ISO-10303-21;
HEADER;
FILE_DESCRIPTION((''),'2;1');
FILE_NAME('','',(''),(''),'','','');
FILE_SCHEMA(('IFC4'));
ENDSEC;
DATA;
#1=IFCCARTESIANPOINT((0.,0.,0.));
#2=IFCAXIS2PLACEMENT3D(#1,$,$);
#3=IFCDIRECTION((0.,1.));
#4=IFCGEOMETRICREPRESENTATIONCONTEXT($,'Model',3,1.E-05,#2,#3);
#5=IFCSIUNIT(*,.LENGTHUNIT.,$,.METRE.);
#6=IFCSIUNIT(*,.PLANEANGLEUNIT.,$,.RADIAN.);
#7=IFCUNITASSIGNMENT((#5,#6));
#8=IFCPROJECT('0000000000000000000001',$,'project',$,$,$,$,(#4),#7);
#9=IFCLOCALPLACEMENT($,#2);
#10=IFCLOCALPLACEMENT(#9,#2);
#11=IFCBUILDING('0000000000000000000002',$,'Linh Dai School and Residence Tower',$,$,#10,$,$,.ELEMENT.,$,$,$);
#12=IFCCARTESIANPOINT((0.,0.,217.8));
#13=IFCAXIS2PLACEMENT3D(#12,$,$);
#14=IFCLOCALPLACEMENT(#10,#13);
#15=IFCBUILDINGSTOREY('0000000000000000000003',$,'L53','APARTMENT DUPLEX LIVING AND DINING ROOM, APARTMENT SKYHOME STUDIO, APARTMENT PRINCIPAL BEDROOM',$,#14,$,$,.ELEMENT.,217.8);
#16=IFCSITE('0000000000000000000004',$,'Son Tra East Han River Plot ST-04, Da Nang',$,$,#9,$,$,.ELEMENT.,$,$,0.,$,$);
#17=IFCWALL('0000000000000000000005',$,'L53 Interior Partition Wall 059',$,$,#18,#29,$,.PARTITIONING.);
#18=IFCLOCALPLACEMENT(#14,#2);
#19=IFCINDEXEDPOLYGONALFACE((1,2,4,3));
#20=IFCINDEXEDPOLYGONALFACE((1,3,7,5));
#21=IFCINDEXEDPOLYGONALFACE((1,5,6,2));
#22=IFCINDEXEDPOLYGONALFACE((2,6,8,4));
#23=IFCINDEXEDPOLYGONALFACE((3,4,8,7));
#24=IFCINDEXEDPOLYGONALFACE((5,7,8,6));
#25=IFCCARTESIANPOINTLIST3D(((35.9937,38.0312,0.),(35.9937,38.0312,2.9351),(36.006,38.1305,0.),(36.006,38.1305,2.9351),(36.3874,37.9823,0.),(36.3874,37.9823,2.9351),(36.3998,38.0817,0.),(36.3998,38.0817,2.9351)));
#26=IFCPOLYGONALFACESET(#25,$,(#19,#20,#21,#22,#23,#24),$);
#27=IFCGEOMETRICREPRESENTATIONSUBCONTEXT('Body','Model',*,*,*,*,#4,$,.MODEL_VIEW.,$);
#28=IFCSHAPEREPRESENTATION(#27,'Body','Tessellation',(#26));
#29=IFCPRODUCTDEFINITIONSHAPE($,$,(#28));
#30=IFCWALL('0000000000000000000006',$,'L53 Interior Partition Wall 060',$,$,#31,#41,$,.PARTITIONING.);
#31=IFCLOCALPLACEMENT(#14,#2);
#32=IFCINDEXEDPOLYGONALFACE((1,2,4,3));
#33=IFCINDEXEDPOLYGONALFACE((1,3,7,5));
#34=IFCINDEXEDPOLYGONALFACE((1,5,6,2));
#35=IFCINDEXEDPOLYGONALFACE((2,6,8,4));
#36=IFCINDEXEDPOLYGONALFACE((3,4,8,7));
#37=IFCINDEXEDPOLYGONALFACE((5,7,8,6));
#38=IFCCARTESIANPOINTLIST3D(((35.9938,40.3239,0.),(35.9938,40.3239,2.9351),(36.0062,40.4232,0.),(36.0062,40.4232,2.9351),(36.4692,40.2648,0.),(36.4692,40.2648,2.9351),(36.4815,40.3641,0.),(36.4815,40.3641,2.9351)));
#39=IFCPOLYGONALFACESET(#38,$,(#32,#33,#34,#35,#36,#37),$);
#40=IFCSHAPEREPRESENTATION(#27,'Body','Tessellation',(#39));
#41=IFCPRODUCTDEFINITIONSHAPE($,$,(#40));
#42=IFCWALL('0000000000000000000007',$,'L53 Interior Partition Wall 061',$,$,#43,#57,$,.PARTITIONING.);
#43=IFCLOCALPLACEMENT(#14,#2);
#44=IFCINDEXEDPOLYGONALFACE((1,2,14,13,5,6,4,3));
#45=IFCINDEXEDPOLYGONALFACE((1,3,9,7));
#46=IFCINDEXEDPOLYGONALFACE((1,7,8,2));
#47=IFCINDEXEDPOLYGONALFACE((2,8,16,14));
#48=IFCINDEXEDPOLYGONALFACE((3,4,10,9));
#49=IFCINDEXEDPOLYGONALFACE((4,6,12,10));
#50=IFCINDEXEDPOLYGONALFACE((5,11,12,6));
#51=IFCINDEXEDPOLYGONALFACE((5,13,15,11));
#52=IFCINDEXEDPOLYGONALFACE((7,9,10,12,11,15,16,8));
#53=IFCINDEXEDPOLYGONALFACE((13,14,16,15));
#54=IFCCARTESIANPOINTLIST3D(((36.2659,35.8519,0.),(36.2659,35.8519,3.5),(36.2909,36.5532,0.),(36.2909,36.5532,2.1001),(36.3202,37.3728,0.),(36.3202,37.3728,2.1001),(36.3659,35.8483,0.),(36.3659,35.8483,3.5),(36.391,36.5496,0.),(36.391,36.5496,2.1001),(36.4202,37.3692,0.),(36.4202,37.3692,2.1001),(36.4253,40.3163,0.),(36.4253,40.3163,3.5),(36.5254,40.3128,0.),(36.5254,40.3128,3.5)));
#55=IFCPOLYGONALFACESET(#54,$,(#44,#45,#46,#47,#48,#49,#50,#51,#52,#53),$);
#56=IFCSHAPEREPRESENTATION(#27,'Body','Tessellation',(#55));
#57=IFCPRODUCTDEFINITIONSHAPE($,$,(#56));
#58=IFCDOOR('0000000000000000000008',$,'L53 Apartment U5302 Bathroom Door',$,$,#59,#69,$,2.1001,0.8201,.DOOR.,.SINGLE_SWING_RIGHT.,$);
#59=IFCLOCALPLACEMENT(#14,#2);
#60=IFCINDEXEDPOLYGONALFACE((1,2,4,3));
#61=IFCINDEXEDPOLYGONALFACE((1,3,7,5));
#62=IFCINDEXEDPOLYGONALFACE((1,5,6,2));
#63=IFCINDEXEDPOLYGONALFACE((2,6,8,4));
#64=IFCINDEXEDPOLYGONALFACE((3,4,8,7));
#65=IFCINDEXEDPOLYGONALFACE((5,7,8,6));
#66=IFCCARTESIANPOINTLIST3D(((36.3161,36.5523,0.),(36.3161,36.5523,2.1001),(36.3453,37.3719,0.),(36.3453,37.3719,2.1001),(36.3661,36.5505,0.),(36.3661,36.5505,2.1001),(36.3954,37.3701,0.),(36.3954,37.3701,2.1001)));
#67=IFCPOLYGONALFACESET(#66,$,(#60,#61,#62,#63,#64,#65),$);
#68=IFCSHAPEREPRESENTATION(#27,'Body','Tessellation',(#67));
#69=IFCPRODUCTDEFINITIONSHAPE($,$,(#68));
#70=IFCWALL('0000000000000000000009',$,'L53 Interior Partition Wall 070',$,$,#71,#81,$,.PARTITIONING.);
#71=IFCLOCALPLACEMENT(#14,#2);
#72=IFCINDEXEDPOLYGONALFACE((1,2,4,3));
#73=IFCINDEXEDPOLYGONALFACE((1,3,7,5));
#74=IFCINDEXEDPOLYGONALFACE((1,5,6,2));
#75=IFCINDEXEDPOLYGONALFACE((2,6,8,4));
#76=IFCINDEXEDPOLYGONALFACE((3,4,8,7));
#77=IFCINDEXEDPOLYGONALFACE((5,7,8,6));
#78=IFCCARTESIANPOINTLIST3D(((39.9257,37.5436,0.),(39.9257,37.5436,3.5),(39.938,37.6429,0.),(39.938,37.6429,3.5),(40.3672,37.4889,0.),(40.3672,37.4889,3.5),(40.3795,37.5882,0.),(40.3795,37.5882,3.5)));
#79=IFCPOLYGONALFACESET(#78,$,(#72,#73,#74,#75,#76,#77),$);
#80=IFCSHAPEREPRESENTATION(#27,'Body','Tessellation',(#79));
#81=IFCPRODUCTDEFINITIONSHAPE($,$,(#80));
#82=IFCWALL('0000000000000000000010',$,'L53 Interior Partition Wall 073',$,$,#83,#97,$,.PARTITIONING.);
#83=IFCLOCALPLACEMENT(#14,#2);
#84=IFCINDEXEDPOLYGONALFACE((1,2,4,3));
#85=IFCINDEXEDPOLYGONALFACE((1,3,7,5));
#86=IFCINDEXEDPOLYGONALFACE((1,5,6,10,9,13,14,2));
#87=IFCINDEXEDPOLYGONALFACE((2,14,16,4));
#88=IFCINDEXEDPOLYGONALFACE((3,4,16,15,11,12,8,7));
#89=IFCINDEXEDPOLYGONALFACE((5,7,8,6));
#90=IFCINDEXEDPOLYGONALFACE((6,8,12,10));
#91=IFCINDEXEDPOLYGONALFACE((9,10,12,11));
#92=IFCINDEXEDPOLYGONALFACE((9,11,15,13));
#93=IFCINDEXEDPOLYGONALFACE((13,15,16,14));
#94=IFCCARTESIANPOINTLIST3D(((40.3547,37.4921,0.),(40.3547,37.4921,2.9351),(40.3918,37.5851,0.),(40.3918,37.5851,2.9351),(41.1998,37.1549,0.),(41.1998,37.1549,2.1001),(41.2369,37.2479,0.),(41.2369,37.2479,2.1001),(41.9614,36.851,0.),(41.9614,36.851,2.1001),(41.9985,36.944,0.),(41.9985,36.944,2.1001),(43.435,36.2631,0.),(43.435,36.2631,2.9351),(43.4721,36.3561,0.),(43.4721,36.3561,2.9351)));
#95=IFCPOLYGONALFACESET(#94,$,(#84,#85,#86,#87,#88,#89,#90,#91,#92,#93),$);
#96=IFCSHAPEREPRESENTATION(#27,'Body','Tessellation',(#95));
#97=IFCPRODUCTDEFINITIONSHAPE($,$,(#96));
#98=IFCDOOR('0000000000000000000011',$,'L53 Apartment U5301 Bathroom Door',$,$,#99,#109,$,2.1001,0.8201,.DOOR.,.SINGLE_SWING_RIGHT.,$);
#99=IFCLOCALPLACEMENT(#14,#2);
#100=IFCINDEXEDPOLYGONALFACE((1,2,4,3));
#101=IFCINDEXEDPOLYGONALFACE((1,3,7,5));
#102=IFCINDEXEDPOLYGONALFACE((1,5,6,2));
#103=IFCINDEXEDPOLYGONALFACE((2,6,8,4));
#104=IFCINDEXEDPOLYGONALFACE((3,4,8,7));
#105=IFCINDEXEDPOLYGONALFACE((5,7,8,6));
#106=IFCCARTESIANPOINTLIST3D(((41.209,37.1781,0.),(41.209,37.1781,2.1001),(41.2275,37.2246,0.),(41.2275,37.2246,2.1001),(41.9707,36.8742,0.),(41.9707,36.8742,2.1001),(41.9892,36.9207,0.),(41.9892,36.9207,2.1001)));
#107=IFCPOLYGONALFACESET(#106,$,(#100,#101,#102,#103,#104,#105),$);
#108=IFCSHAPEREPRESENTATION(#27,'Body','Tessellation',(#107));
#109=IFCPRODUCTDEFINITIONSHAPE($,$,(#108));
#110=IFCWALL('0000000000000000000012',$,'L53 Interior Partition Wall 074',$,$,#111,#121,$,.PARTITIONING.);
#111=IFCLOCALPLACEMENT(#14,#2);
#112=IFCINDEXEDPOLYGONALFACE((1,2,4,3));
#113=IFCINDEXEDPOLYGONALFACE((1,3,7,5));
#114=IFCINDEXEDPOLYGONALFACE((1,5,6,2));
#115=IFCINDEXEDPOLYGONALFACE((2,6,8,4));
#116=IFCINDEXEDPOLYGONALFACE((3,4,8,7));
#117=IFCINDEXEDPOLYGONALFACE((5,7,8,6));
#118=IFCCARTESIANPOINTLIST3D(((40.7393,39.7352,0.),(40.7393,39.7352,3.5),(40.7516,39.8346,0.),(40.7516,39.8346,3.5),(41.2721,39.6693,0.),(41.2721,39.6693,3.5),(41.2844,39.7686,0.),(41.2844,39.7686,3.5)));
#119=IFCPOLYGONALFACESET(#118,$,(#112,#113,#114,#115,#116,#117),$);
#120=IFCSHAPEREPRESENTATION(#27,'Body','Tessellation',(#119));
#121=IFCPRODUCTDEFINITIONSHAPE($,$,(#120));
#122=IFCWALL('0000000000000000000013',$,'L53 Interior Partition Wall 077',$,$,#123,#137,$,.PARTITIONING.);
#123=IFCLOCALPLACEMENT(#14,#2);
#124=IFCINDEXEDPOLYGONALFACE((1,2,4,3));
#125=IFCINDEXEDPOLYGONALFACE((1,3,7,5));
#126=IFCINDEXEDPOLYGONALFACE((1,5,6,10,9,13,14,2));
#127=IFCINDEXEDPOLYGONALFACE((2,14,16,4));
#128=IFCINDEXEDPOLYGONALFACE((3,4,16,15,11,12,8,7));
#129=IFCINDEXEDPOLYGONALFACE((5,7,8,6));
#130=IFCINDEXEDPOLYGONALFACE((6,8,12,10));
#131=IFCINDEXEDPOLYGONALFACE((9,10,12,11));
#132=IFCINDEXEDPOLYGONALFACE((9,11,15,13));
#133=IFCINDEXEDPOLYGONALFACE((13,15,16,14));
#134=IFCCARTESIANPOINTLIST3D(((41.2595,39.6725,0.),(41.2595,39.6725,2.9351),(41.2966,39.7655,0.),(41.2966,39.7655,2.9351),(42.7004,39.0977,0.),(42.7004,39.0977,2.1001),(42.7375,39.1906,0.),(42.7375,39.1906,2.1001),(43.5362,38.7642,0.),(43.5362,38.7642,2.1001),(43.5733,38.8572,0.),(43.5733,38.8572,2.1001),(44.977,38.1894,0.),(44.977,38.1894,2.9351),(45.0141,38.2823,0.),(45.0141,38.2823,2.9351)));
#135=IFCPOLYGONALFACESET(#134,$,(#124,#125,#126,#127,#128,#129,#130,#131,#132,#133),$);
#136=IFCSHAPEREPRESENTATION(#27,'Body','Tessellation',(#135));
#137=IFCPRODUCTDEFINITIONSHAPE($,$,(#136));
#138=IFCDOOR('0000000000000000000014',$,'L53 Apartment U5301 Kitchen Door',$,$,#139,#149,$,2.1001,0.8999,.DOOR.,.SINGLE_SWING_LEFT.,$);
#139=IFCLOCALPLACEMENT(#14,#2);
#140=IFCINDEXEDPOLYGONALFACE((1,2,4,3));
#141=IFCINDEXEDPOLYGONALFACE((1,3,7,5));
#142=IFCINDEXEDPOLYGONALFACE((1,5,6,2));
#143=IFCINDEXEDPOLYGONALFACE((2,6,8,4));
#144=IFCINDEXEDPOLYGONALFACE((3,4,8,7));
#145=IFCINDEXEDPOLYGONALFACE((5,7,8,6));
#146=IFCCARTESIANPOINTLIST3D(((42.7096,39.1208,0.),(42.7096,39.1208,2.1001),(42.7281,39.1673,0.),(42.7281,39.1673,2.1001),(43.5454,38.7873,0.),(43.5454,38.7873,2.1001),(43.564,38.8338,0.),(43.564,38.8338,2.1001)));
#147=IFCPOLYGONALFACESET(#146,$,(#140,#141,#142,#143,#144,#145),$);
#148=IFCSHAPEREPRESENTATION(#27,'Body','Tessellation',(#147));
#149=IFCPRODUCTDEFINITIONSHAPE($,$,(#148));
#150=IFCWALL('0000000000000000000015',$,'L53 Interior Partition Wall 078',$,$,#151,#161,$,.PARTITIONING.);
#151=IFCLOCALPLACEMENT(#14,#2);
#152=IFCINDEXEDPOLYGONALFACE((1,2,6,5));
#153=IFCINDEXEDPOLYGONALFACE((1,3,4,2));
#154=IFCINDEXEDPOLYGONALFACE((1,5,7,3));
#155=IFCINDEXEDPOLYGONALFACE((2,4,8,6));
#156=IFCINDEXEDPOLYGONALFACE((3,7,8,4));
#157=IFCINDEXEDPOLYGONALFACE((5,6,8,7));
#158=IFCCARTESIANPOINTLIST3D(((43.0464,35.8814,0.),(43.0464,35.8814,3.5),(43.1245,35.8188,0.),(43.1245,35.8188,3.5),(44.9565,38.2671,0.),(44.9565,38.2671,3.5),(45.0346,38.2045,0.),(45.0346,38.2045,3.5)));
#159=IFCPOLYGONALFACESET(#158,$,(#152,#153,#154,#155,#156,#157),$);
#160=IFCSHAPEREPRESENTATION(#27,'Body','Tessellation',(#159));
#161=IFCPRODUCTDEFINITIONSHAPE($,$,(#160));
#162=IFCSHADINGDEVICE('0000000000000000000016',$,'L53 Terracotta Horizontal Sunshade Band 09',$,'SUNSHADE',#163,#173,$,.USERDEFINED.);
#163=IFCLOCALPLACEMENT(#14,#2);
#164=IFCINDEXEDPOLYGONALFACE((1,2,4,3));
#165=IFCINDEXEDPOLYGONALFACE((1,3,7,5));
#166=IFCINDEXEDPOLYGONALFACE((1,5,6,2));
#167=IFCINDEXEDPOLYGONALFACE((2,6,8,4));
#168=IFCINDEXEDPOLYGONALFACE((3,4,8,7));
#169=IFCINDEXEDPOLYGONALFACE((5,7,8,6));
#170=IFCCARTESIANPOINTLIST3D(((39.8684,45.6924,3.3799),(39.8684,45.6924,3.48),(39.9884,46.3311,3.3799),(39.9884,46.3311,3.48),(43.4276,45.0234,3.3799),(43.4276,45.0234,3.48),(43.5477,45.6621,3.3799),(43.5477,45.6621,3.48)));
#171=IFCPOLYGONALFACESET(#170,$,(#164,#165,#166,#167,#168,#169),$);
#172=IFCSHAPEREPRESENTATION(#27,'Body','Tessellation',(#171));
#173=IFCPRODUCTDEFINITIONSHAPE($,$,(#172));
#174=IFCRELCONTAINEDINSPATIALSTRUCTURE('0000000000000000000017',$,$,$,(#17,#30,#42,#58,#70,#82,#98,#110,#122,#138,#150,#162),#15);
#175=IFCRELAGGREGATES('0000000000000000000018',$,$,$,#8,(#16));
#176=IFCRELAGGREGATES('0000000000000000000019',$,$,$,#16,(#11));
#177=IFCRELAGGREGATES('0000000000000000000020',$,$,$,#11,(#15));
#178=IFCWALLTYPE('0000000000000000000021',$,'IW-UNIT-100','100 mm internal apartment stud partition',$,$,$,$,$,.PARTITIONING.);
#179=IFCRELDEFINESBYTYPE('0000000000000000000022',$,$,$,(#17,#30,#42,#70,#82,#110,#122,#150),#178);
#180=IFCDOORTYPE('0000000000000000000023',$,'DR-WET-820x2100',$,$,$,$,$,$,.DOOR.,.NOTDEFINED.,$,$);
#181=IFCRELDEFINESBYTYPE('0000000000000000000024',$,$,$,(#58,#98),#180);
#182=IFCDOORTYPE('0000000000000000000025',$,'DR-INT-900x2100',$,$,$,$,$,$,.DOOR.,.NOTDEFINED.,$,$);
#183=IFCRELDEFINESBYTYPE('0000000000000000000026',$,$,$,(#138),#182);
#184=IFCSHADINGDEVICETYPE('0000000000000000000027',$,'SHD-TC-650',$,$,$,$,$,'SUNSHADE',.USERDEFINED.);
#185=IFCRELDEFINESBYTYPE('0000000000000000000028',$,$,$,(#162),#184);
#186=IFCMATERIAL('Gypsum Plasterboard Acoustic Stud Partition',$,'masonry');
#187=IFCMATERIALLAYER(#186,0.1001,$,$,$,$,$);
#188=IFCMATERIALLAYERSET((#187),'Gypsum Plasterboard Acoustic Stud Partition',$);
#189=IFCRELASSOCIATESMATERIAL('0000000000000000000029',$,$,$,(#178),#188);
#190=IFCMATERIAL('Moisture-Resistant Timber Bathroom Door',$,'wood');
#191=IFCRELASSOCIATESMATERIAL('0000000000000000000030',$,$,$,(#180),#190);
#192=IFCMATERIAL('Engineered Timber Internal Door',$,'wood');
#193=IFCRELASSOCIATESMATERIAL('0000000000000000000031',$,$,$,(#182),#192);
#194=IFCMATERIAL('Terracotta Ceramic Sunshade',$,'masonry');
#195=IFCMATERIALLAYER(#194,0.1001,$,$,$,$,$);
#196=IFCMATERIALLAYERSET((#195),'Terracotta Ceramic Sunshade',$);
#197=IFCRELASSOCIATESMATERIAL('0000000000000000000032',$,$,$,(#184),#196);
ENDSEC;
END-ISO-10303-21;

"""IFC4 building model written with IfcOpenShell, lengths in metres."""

from ifc_helpers import new_model, si_unit, direction, frame, frame_2d, origin, origin_2d, place, context, subcontext, project, spatial, rectangle, extrude, source, transform, mapped, material, layer, layer_set, type_object, element, fill, save


model = new_model("IFC4")

# Units and contexts
model_context = context("Model", 3, precision=1e-05, world=origin(), true_north=direction((0.0, 1.0)))
body_context = subcontext(model_context, "Body", "Model", "MODEL_VIEW")
ifc_project = project(units=[si_unit("LENGTHUNIT", "METRE"), si_unit("PLANEANGLEUNIT", "RADIAN")], contexts=[model_context])

# Site, building, storey
site_placement = place(None, origin())
site = spatial("IfcSite", under=ifc_project, at=site_placement, Name="Son Tra East Han River Plot ST-04, Da Nang", CompositionType="ELEMENT", RefElevation=0.0)
building_placement = place(site_placement, origin())
building = spatial("IfcBuilding", under=site, at=building_placement, Name="Linh Dai School and Residence Tower", CompositionType="ELEMENT")
storey_placement = place(building_placement, frame((0.0, 0.0, 217.8)))
storey = spatial("IfcBuildingStorey", under=building, at=storey_placement, Name="L53", Description="APARTMENT DUPLEX LIVING AND DINING ROOM, APARTMENT SKYHOME STUDIO, APARTMENT PRINCIPAL BEDROOM", CompositionType="ELEMENT", Elevation=217.8)

# Walls
ifc_material_1 = material(Name="Gypsum Plasterboard Acoustic Stud Partition", Category="masonry")
ifc_layer_1 = layer(ifc_material_1, 0.1001)
ifc_layer_set_1 = layer_set([ifc_layer_1], Name="Gypsum Plasterboard Acoustic Stud Partition")
wall_type_1 = type_object("IfcWallType", Name="IW-UNIT-100", Description="100 mm internal apartment stud partition", PredefinedType="PARTITIONING", material=ifc_layer_set_1)
wall_1_placement = place(storey_placement, frame((36.0, 38.0808, 0.0), z_axis=(0.0, 0.0, 1.0), x_axis=(0.9924, -0.12305, 0.0)))
element("IfcWall", 1, at=wall_1_placement, inside=storey, type_object=wall_type_1, Name="L53 Interior Partition Wall 059", PredefinedType="PARTITIONING", context=body_context, shape_type="SweptSolid", body=[
    extrude(rectangle(XDim=0.3967, YDim=0.1001, at=frame_2d((0.1982, 0.0))), origin(), (0.0, 0.0, 1.0), 2.9351),
])
wall_2_placement = place(storey_placement, frame((36.0, 40.3735, 0.0), z_axis=(0.0, 0.0, 1.0), x_axis=(0.992364, -0.123345, 0.0)))
element("IfcWall", 2, at=wall_2_placement, inside=storey, type_object=wall_type_1, Name="L53 Interior Partition Wall 060", PredefinedType="PARTITIONING", context=body_context, shape_type="SweptSolid", body=[
    extrude(rectangle(XDim=0.479, YDim=0.1001, at=frame_2d((0.2395, 0.0))), origin(), (0.0, 0.0, 1.0), 2.9351),
])

# Wall, opening, door
wall_3_placement = place(storey_placement, frame((36.3159, 35.8501, 0.0), z_axis=(0.0, 0.0, 1.0), x_axis=(0.035688, 0.999363, 0.0)))
wall_3 = element("IfcWall", 3, at=wall_3_placement, inside=storey, type_object=wall_type_1, Name="L53 Interior Partition Wall 061", PredefinedType="PARTITIONING", context=body_context, shape_type="SweptSolid", body=[
    extrude(rectangle(XDim=4.4673, YDim=0.1001, at=frame_2d((2.2336, 0.0))), origin(), (0.0, 0.0, 1.0), 3.5),
])
opening_1_placement = place(wall_3_placement, frame((0.7017, 0.0, 0.0)))
opening_1 = element("IfcOpeningElement", 4, at=opening_1_placement, cuts=wall_3, PredefinedType="OPENING", context=body_context, shape_type="SweptSolid", body=[
    extrude(rectangle(XDim=0.8201, YDim=2.1001, at=origin_2d()), frame((0.4102, 0.0601, 1.05), z_axis=(0.0, -1.0, 0.0), x_axis=(1.0, 0.0, 0.0)), (0.0, 0.0, 1.0), 0.1201),
])
ifc_material_2 = material(Name="Moisture-Resistant Timber Bathroom Door", Category="wood")
door_type_1 = type_object("IfcDoorType", Name="DR-WET-820x2100", OperationType="NOTDEFINED", PredefinedType="DOOR", material=ifc_material_2)
shared_shape_1 = source(origin(), body_context, "Body", "SweptSolid", [
    extrude(rectangle(XDim=0.8201, YDim=2.1001, at=origin_2d()), frame((0.4102, 0.0249, 1.05), z_axis=(0.0, -1.0, 0.0), x_axis=(1.0, 0.0, 0.0)), (0.0, 0.0, 1.0), 0.05),
])
door_1_placement = place(opening_1_placement, origin())
door_1 = element("IfcDoor", 5, at=door_1_placement, inside=storey, type_object=door_type_1, Name="L53 Apartment U5302 Bathroom Door", OperationType="SINGLE_SWING_RIGHT", OverallHeight=2.1001, OverallWidth=0.8201, PredefinedType="DOOR", context=body_context, shape_type="MappedRepresentation", body=[
    mapped(shared_shape_1, transform((0.0, 0.0, 0.0), x_axis=(1.0, 0.0, 0.0), y_axis=(0.0, 1.0, 0.0), z_axis=(0.0, 0.0, 1.0), scale=1.0)),
])
fill(opening_1, door_1)

# Wall
wall_4_placement = place(storey_placement, frame((39.9319, 37.5933, 0.0), z_axis=(0.0, 0.0, 1.0), x_axis=(0.992412, -0.122954, 0.0)))
element("IfcWall", 6, at=wall_4_placement, inside=storey, type_object=wall_type_1, Name="L53 Interior Partition Wall 070", PredefinedType="PARTITIONING", context=body_context, shape_type="SweptSolid", body=[
    extrude(rectangle(XDim=0.4448, YDim=0.1001, at=frame_2d((0.2224, 0.0))), origin(), (0.0, 0.0, 1.0), 3.5),
])

# Wall, opening, door
wall_5_placement = place(storey_placement, frame((40.3733, 37.5386, 0.0), z_axis=(0.0, 0.0, 1.0), x_axis=(0.928801, -0.370578, 0.0)))
wall_5 = element("IfcWall", 7, at=wall_5_placement, inside=storey, type_object=wall_type_1, Name="L53 Interior Partition Wall 073", PredefinedType="PARTITIONING", context=body_context, shape_type="SweptSolid", body=[
    extrude(rectangle(XDim=3.3164, YDim=0.1001, at=frame_2d((1.6582, 0.0))), origin(), (0.0, 0.0, 1.0), 2.9351),
])
opening_2_placement = place(wall_5_placement, frame((0.9097, 0.0, 0.0)))
opening_2 = element("IfcOpeningElement", 8, at=opening_2_placement, cuts=wall_5, PredefinedType="OPENING", context=body_context, shape_type="SweptSolid", body=[
    extrude(rectangle(XDim=0.8201, YDim=2.1001, at=origin_2d()), frame((0.4102, 0.0601, 1.05), z_axis=(0.0, -1.0, 0.0), x_axis=(1.0, 0.0, 0.0)), (0.0, 0.0, 1.0), 0.1201),
])
door_2_placement = place(opening_2_placement, origin())
door_2 = element("IfcDoor", 9, at=door_2_placement, inside=storey, type_object=door_type_1, Name="L53 Apartment U5301 Bathroom Door", OperationType="SINGLE_SWING_RIGHT", OverallHeight=2.1001, OverallWidth=0.8201, PredefinedType="DOOR", context=body_context, shape_type="MappedRepresentation", body=[
    mapped(shared_shape_1, transform((0.0, 0.0, 0.0), x_axis=(1.0, 0.0, 0.0), y_axis=(0.0, 1.0, 0.0), z_axis=(0.0, 0.0, 1.0), scale=1.0)),
])
fill(opening_2, door_2)

# Wall
wall_6_placement = place(storey_placement, frame((40.7454, 39.7849, 0.0), z_axis=(0.0, 0.0, 1.0), x_axis=(0.992431, -0.122803, 0.0)))
element("IfcWall", 10, at=wall_6_placement, inside=storey, type_object=wall_type_1, Name="L53 Interior Partition Wall 074", PredefinedType="PARTITIONING", context=body_context, shape_type="SweptSolid", body=[
    extrude(rectangle(XDim=0.5369, YDim=0.1001, at=frame_2d((0.2686, 0.0))), origin(), (0.0, 0.0, 1.0), 3.5),
])

# Wall, opening, door
wall_7_placement = place(storey_placement, frame((41.2781, 39.719, 0.0), z_axis=(0.0, 0.0, 1.0), x_axis=(0.928809, -0.37056, 0.0)))
wall_7 = element("IfcWall", 11, at=wall_7_placement, inside=storey, type_object=wall_type_1, Name="L53 Interior Partition Wall 077", PredefinedType="PARTITIONING", context=body_context, shape_type="SweptSolid", body=[
    extrude(rectangle(XDim=4.0024, YDim=0.1001, at=frame_2d((2.0012, 0.0))), origin(), (0.0, 0.0, 1.0), 2.9351),
])
opening_3_placement = place(wall_7_placement, frame((1.5513, 0.0, 0.0)))
opening_3 = element("IfcOpeningElement", 12, at=opening_3_placement, cuts=wall_7, PredefinedType="OPENING", context=body_context, shape_type="SweptSolid", body=[
    extrude(rectangle(XDim=0.8999, YDim=2.1001, at=origin_2d()), frame((0.45, 0.0601, 1.05), z_axis=(0.0, -1.0, 0.0), x_axis=(1.0, 0.0, 0.0)), (0.0, 0.0, 1.0), 0.1201),
])
ifc_material_3 = material(Name="Engineered Timber Internal Door", Category="wood")
door_type_2 = type_object("IfcDoorType", Name="DR-INT-900x2100", OperationType="NOTDEFINED", PredefinedType="DOOR", material=ifc_material_3)
shared_shape_2 = source(origin(), body_context, "Body", "SweptSolid", [
    extrude(rectangle(XDim=0.8999, YDim=2.1001, at=origin_2d()), frame((0.45, 0.0249, 1.05), z_axis=(0.0, -1.0, 0.0), x_axis=(1.0, 0.0, 0.0)), (0.0, 0.0, 1.0), 0.05),
])
door_3_placement = place(opening_3_placement, origin())
door_3 = element("IfcDoor", 13, at=door_3_placement, inside=storey, type_object=door_type_2, Name="L53 Apartment U5301 Kitchen Door", OperationType="SINGLE_SWING_LEFT", OverallHeight=2.1001, OverallWidth=0.8999, PredefinedType="DOOR", context=body_context, shape_type="MappedRepresentation", body=[
    mapped(shared_shape_2, transform((0.0, 0.0, 0.0), x_axis=(1.0, 0.0, 0.0), y_axis=(0.0, 1.0, 0.0), z_axis=(0.0, 0.0, 1.0), scale=1.0)),
])
fill(opening_3, door_3)

# Wall
wall_8_placement = place(storey_placement, frame((43.0854, 35.8501, 0.0), z_axis=(0.0, 0.0, 1.0), x_axis=(0.625007, 0.780619, 0.0)))
element("IfcWall", 14, at=wall_8_placement, inside=storey, type_object=wall_type_1, Name="L53 Interior Partition Wall 078", PredefinedType="PARTITIONING", context=body_context, shape_type="SweptSolid", body=[
    extrude(rectangle(XDim=3.0562, YDim=0.1001, at=frame_2d((1.5281, 0.0))), origin(), (0.0, 0.0, 1.0), 3.5),
])

# Shading device
ifc_material_4 = material(Name="Terracotta Ceramic Sunshade", Category="masonry")
ifc_layer_2 = layer(ifc_material_4, 0.1001)
ifc_layer_set_2 = layer_set([ifc_layer_2], Name="Terracotta Ceramic Sunshade")
shading_device_type = type_object("IfcShadingDeviceType", Name="SHD-TC-650", ElementType="SUNSHADE", PredefinedType="USERDEFINED", material=ifc_layer_set_2)
shared_shape_3 = source(origin(), body_context, "Body", "SweptSolid", [
    extrude(rectangle(XDim=3.6216, YDim=0.6499, at=origin_2d()), origin(), (0.0, 0.0, 1.0), 0.1001),
])
shading_device_placement = place(storey_placement, frame((41.708, 45.6772, 3.3799), z_axis=(0.0, 0.0, 1.0), x_axis=(0.982787, -0.184744, 0.0)))
element("IfcShadingDevice", 15, at=shading_device_placement, inside=storey, type_object=shading_device_type, Name="L53 Terracotta Horizontal Sunshade Band 09", ObjectType="SUNSHADE", PredefinedType="USERDEFINED", context=body_context, shape_type="MappedRepresentation", body=[
    mapped(shared_shape_3, transform((0.0, 0.0, 0.0), x_axis=(1.0, 0.0, 0.0), y_axis=(0.0, 1.0, 0.0), z_axis=(0.0, 0.0, 1.0), scale=1.0)),
])

save(model, "model.ifc")
